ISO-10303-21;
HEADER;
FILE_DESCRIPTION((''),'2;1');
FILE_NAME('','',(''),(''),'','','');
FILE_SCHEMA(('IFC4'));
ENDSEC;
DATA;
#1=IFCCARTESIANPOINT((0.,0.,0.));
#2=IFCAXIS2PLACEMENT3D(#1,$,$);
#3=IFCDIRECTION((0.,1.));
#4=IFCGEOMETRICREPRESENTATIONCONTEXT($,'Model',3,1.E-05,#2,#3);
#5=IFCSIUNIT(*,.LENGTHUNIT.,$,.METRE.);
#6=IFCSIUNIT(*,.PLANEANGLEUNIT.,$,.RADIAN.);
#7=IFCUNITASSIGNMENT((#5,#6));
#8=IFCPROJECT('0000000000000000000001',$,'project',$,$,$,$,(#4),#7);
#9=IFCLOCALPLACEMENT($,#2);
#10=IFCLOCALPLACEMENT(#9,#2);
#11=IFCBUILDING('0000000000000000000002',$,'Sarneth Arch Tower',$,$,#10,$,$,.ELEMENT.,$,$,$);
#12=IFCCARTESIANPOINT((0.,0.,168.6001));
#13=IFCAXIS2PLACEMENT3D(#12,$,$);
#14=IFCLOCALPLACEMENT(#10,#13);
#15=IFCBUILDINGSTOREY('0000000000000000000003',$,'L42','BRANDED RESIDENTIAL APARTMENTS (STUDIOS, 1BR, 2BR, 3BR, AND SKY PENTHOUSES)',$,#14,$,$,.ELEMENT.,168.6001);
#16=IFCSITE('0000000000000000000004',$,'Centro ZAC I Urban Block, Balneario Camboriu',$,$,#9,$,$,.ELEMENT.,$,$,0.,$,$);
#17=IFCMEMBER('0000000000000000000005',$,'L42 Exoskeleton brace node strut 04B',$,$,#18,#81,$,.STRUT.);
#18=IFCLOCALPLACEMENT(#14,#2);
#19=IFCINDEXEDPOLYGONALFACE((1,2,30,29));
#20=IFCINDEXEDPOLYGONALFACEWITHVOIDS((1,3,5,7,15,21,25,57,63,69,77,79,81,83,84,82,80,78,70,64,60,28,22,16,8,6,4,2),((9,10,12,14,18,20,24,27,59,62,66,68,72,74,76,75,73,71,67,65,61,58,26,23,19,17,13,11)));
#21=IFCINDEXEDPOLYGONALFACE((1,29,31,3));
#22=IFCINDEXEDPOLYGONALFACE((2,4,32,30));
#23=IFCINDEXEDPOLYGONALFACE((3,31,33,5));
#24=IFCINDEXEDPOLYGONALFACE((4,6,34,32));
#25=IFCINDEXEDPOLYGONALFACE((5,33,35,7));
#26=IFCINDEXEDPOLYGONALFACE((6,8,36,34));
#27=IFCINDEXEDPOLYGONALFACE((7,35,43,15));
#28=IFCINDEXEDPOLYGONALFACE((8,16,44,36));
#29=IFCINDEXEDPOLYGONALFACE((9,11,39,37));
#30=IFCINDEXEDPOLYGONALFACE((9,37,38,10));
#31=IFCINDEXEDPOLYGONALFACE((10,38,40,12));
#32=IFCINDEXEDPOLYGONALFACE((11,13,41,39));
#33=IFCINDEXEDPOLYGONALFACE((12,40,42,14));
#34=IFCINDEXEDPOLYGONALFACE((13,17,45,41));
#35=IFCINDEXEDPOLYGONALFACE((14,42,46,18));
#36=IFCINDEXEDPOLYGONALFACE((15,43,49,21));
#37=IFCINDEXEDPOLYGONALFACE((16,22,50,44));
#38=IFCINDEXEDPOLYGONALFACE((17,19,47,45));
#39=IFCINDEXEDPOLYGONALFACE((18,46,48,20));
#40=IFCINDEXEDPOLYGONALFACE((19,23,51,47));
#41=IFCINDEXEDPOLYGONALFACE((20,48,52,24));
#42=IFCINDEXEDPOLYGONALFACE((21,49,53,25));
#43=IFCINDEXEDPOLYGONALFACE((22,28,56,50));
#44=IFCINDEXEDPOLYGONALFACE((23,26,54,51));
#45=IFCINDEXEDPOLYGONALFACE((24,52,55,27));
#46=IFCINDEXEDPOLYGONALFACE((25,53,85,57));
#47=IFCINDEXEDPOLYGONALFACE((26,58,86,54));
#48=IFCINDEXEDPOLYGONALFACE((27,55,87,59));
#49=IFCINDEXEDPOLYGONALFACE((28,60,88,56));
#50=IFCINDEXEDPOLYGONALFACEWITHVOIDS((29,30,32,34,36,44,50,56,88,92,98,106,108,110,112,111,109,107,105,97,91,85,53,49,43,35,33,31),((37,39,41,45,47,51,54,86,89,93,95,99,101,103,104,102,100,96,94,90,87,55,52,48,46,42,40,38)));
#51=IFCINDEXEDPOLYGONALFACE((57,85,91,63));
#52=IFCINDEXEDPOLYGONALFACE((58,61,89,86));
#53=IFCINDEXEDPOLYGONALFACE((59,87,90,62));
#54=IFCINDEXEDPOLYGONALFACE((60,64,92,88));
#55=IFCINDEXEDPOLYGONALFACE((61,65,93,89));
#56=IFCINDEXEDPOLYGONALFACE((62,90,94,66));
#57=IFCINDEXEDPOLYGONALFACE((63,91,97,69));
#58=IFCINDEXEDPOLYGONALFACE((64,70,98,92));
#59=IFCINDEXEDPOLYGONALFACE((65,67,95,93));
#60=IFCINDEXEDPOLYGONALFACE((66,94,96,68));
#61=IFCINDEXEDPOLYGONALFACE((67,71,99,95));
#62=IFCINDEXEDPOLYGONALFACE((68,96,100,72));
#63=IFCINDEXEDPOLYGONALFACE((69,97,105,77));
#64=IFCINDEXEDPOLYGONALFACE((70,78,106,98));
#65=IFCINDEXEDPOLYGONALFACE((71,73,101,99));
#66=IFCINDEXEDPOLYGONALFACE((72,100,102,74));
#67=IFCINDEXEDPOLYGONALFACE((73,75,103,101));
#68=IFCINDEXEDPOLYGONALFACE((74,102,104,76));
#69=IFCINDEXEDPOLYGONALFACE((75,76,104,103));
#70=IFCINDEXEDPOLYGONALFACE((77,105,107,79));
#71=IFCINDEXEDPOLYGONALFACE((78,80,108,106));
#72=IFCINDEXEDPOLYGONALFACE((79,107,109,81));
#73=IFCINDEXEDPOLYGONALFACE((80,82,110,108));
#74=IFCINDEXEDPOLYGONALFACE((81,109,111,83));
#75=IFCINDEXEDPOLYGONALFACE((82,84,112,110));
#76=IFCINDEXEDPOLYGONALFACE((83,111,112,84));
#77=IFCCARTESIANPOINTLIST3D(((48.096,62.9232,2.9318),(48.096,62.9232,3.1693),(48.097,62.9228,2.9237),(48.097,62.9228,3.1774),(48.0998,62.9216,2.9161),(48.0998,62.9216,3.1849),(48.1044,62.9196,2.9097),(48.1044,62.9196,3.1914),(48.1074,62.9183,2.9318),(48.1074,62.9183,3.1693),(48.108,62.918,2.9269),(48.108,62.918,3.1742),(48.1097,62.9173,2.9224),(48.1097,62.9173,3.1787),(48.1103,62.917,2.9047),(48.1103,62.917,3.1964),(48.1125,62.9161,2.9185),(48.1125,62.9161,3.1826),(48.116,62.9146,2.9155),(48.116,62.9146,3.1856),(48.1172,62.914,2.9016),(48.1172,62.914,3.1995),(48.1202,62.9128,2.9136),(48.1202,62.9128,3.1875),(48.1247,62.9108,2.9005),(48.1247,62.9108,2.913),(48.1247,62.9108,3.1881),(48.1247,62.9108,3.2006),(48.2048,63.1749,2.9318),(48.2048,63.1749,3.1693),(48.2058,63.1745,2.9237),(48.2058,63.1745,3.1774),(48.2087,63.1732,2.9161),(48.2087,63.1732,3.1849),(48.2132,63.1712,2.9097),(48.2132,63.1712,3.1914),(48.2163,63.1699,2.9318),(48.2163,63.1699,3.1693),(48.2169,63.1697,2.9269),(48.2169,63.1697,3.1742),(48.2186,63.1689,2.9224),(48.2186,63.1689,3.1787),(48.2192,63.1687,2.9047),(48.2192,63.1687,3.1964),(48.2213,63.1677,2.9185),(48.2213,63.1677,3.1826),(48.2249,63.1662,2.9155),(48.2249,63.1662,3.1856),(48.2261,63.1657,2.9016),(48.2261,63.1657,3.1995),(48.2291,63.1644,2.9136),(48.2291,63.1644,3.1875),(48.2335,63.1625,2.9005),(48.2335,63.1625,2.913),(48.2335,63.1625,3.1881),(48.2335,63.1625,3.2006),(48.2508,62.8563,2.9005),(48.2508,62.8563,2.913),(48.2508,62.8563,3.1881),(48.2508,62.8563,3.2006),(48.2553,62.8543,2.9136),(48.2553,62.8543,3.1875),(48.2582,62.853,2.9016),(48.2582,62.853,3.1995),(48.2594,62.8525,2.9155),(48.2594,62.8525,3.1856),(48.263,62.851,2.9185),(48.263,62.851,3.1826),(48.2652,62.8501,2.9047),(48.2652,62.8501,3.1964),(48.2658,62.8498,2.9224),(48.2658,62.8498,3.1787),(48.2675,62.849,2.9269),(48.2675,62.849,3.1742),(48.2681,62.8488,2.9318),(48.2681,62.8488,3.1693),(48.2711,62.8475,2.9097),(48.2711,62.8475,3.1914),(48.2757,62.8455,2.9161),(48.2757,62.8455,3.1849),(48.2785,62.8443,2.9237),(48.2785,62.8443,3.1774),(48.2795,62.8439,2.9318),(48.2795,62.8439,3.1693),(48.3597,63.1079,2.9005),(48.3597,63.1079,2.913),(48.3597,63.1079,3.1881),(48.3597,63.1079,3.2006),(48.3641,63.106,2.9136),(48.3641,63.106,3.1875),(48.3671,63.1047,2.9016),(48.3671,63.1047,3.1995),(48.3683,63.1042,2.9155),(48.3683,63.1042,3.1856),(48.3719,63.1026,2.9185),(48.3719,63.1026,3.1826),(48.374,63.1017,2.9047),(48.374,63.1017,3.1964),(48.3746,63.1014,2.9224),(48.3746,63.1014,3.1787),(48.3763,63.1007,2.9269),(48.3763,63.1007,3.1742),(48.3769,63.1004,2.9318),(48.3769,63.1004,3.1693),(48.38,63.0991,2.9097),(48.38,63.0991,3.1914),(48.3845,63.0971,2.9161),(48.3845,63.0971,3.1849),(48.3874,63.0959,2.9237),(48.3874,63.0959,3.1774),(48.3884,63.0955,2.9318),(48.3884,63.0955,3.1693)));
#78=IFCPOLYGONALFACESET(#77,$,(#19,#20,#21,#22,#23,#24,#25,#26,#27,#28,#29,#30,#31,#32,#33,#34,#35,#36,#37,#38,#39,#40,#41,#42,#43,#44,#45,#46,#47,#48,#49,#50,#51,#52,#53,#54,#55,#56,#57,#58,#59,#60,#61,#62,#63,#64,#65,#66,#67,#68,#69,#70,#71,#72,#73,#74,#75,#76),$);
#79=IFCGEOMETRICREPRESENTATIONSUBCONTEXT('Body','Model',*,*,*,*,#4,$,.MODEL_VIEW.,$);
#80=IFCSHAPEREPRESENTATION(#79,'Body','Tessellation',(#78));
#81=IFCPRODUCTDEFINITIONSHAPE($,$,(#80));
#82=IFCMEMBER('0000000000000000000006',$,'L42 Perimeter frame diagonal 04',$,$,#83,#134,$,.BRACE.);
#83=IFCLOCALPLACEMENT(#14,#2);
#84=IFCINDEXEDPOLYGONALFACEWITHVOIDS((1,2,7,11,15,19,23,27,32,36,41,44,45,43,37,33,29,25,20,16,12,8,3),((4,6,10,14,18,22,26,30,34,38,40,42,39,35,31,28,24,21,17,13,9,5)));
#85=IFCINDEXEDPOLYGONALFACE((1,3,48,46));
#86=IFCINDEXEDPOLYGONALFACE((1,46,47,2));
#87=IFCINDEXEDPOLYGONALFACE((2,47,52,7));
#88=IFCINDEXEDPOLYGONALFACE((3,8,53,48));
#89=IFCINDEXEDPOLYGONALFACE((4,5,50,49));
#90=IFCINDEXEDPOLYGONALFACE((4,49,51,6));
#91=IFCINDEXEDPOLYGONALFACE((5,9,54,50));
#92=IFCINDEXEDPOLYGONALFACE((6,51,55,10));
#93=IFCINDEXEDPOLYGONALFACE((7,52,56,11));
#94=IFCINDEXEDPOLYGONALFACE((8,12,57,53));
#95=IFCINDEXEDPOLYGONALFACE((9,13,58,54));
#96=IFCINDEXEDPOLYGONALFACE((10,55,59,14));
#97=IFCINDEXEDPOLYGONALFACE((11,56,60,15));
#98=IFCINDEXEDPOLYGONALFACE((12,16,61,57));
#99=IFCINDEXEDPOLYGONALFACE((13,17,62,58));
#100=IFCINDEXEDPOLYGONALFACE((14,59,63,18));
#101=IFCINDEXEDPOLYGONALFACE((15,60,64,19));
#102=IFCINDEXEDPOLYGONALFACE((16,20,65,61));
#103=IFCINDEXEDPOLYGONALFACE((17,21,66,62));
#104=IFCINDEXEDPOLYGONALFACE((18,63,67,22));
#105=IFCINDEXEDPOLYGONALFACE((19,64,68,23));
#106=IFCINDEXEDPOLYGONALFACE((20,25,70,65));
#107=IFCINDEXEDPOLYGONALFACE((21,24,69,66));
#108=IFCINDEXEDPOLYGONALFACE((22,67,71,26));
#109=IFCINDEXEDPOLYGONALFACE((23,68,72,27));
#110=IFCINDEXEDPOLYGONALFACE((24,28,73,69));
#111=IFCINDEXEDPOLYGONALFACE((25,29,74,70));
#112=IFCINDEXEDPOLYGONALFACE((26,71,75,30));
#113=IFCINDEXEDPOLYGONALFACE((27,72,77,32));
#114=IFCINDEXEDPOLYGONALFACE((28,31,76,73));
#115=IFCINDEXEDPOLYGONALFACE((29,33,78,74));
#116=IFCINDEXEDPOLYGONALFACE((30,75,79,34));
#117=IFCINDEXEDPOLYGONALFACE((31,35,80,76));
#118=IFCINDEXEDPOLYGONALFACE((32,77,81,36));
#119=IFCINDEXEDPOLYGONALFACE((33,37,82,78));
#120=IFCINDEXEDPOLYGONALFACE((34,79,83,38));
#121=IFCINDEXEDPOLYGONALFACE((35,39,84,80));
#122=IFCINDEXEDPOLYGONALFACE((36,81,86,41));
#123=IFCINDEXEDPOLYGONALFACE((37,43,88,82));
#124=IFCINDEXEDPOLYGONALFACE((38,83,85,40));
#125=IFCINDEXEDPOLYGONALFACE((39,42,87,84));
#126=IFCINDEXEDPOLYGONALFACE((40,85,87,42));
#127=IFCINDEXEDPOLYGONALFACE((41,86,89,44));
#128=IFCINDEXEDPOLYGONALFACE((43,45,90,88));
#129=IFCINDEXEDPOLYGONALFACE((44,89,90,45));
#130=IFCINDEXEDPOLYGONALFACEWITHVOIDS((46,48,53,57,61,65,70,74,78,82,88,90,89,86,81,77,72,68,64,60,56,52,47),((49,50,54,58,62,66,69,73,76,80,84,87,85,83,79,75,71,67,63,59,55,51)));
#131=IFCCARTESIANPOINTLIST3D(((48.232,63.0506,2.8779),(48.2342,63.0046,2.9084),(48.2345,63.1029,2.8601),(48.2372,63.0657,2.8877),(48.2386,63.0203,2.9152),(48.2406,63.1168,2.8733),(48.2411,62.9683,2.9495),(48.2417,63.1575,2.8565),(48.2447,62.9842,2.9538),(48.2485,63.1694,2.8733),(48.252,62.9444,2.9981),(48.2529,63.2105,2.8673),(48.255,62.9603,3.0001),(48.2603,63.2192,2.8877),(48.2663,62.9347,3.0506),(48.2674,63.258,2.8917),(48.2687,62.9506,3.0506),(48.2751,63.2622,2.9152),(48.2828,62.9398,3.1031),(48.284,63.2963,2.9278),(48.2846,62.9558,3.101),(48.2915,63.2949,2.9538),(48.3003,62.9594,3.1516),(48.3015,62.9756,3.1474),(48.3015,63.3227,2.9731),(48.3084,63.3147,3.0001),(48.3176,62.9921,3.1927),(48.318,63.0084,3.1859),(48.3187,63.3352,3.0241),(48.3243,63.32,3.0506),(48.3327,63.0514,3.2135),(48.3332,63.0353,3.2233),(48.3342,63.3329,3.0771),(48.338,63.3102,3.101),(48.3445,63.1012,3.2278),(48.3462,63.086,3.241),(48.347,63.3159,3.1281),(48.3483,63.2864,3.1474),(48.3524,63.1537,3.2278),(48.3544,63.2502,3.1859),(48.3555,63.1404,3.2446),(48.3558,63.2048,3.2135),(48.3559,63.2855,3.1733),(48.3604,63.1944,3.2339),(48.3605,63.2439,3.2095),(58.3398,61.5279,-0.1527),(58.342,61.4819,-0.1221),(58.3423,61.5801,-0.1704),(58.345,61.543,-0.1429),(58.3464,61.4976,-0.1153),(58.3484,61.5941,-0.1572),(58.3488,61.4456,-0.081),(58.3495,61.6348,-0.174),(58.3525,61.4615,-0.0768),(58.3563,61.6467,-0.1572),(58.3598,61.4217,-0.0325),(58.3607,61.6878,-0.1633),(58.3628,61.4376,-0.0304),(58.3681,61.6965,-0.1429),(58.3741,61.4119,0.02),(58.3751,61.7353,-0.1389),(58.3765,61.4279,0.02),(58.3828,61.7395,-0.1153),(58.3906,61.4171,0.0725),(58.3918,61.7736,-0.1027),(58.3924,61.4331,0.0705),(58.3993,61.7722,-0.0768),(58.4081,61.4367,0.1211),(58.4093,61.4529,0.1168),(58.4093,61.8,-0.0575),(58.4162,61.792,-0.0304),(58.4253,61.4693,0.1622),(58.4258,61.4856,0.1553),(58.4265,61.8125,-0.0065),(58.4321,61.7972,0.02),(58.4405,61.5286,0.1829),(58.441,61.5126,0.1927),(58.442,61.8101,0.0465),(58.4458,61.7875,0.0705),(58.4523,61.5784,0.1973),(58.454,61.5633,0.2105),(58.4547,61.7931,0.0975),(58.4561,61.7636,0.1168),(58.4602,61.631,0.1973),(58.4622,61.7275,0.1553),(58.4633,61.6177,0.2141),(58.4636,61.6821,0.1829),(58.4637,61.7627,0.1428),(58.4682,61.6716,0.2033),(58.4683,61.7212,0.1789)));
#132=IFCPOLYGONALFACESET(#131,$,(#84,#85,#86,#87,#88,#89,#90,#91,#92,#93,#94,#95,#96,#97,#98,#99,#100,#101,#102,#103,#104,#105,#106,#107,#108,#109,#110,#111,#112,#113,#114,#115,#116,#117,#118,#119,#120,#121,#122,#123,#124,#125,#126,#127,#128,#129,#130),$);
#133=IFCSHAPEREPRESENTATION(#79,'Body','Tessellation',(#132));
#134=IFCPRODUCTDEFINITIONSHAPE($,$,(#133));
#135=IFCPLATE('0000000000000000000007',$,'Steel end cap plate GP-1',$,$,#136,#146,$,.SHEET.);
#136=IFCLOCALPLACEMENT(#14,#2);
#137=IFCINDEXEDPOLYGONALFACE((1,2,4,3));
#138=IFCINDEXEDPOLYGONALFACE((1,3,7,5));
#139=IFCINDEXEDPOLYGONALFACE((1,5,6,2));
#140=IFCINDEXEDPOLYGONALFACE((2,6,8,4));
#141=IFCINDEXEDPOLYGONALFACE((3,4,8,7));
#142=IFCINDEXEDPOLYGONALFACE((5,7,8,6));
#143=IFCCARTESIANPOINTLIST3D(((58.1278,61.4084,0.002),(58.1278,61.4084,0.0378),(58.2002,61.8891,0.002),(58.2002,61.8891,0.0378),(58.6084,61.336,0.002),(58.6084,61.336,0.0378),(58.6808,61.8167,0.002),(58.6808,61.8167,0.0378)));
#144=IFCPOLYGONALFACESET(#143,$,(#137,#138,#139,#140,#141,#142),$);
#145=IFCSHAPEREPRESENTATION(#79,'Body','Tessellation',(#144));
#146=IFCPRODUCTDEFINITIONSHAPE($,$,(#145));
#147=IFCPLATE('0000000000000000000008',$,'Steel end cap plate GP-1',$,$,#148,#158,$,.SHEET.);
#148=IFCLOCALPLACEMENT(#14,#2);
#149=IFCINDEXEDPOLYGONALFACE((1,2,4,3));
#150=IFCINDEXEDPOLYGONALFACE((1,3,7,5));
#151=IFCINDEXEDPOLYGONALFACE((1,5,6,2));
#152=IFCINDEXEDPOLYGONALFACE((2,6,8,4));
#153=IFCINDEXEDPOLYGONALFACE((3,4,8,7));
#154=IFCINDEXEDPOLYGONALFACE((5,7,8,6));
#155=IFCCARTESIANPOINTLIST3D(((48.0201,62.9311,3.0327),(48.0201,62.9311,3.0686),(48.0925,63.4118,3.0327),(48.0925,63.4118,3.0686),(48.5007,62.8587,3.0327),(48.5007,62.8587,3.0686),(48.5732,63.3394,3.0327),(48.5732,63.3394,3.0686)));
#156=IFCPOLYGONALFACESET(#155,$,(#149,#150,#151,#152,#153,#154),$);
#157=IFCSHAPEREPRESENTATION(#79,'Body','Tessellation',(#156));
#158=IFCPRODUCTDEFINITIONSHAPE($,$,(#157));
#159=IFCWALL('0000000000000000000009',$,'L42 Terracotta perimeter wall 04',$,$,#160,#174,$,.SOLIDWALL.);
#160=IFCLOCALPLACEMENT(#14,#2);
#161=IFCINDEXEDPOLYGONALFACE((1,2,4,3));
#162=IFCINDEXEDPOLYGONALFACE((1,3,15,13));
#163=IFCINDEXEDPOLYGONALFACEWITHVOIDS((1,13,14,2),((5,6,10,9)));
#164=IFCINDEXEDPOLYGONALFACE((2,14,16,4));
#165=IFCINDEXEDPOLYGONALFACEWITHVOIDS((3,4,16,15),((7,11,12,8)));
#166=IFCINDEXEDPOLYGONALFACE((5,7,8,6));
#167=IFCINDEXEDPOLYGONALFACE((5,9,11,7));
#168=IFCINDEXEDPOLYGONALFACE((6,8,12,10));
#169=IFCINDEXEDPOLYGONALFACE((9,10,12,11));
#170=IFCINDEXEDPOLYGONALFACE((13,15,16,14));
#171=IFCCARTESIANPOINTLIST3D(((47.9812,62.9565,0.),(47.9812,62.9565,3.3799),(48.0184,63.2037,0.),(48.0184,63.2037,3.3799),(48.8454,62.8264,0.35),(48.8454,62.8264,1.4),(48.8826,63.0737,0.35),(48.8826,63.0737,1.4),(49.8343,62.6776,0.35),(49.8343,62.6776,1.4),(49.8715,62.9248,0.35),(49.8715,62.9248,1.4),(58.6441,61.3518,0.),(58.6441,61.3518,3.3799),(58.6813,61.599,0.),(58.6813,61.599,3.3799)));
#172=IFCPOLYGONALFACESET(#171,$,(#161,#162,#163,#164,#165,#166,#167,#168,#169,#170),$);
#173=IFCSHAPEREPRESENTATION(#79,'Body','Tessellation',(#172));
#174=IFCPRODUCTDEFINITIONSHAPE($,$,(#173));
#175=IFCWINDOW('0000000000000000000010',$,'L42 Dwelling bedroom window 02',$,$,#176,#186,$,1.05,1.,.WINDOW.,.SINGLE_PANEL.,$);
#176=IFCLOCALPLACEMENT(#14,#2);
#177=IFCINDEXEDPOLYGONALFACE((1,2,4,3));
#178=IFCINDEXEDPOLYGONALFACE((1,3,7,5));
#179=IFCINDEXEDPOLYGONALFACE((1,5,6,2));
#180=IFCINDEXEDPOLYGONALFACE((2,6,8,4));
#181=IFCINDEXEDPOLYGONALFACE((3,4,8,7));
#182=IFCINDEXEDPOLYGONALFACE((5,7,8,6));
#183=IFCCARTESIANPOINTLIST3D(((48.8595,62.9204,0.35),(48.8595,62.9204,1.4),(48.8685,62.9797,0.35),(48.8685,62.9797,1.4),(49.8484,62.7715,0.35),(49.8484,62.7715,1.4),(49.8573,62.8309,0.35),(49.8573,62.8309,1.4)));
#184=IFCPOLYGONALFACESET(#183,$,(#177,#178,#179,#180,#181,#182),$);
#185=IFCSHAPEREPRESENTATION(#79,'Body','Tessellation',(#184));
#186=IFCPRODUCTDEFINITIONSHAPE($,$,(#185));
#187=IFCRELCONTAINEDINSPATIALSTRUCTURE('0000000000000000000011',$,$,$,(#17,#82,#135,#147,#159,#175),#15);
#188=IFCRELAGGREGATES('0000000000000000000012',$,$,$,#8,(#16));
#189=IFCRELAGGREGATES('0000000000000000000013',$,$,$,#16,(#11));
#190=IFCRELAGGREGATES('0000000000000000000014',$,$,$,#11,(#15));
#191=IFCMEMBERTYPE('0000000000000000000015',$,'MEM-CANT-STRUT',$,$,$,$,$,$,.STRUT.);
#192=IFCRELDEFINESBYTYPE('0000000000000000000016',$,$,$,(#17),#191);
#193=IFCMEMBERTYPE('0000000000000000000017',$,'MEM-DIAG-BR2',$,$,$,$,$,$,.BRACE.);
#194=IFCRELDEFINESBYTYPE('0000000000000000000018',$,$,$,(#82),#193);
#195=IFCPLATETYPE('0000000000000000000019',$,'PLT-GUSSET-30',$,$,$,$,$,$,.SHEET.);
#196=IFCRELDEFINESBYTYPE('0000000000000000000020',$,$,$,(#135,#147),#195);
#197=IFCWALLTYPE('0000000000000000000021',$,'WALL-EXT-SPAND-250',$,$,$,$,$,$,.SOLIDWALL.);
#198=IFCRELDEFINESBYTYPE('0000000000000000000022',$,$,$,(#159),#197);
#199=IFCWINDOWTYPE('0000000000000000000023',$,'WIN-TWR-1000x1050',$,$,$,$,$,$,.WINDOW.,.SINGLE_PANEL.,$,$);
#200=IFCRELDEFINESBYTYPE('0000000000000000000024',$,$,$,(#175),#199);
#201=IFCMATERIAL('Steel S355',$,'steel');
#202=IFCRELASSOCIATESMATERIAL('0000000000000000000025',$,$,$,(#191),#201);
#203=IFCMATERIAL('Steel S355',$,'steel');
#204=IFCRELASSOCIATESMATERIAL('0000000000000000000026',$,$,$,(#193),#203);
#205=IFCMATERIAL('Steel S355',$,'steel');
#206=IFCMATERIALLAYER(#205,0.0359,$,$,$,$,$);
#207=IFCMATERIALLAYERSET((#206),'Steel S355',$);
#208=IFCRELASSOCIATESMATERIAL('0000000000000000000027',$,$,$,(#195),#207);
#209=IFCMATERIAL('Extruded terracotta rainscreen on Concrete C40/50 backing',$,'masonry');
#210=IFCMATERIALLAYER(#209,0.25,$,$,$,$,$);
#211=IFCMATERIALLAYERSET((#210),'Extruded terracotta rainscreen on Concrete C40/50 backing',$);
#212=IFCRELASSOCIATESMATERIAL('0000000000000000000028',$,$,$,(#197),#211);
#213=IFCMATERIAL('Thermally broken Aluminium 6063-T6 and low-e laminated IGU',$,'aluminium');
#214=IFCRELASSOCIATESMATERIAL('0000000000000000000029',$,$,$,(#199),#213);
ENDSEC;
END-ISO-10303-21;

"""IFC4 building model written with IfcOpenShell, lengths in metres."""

from ifc_helpers import new_model, si_unit, direction, frame, frame_2d, origin, origin_2d, place, context, subcontext, project, spatial, rectangle, hollow_rectangle, hollow_circle, extrude, material, layer, layer_set, material_profile, profile_set, type_object, element, fill, save


model = new_model("IFC4")

# Units and contexts
model_context = context("Model", 3, precision=1e-05, world=origin(), true_north=direction((0.0, 1.0)))
body_context = subcontext(model_context, "Body", "Model", "MODEL_VIEW")
ifc_project = project(units=[si_unit("LENGTHUNIT", "METRE"), si_unit("PLANEANGLEUNIT", "RADIAN")], contexts=[model_context])

# Site, building, storey
site_placement = place(None, origin())
site = spatial("IfcSite", under=ifc_project, at=site_placement, Name="Centro ZAC I Urban Block, Balneario Camboriu", CompositionType="ELEMENT", RefElevation=0.0)
building_placement = place(site_placement, origin())
building = spatial("IfcBuilding", under=site, at=building_placement, Name="Sarneth Arch Tower", CompositionType="ELEMENT")
storey_placement = place(building_placement, frame((0.0, 0.0, 168.6001)))
storey = spatial("IfcBuildingStorey", under=building, at=storey_placement, Name="L42", Description="BRANDED RESIDENTIAL APARTMENTS (STUDIOS, 1BR, 2BR, 3BR, AND SKY PENTHOUSES)", CompositionType="ELEMENT", Elevation=168.6001)

# Members
ifc_material_1 = material(Name="Steel S355", Category="steel")
ifc_material_profile_1 = material_profile(ifc_material_1, hollow_rectangle(XDim=0.2, YDim=0.3, WallThickness=0.0125, InnerFilletRadius=0.0188, OuterFilletRadius=0.0312, at=origin_2d()), Name="RHS300x200x12.5")
ifc_profile_set_1 = profile_set([ifc_material_profile_1], Name="Steel S355")
member_type_1 = type_object("IfcMemberType", Name="MEM-CANT-STRUT", PredefinedType="STRUT", material=ifc_profile_set_1)
member_1_placement = place(storey_placement, frame((48.1877, 62.8835, 3.0505), z_axis=(0.397033, 0.917804, 0.0), x_axis=(-0.917804, 0.397033, 0.0)))
element("IfcMember", 1, at=member_1_placement, inside=storey, type_object=member_type_1, Name="L42 Exoskeleton brace node strut 04B", PredefinedType="STRUT", context=body_context, shape_type="SweptSolid", body=[
    extrude(hollow_rectangle(XDim=0.2, YDim=0.3, WallThickness=0.0125, InnerFilletRadius=0.0188, OuterFilletRadius=0.0312, at=origin_2d()), origin(), (0.0, 0.0, 1.0), 0.2742),
])
ifc_material_2 = material(Name="Steel S355", Category="steel")
ifc_material_profile_2 = material_profile(ifc_material_2, hollow_circle(Radius=0.2029, WallThickness=0.0161, at=origin_2d()), Name="CHS406x16")
ifc_profile_set_2 = profile_set([ifc_material_profile_2], Name="Steel S355")
member_type_2 = type_object("IfcMemberType", Name="MEM-DIAG-BR2", PredefinedType="BRACE", material=ifc_profile_set_2)
member_2_placement = place(storey_placement, frame((58.4043, 61.6125, 0.02), z_axis=(-0.948053, 0.142823, 0.284249), x_axis=(-0.148968, -0.988842, 0.0)))
element("IfcMember", 2, at=member_2_placement, inside=storey, type_object=member_type_2, Name="L42 Perimeter frame diagonal 04", PredefinedType="BRACE", context=body_context, shape_type="SweptSolid", body=[
    extrude(hollow_circle(Radius=0.2029, WallThickness=0.0161, at=origin_2d()), origin(), (0.0, 0.0, 1.0), 10.6616),
])

# Plates
ifc_material_3 = material(Name="Steel S355", Category="steel")
ifc_layer_1 = layer(ifc_material_3, 0.0359)
ifc_layer_set_1 = layer_set([ifc_layer_1], Name="Steel S355")
plate_type = type_object("IfcPlateType", Name="PLT-GUSSET-30", PredefinedType="SHEET", material=ifc_layer_set_1)
for number, where, z_axis, x_axis, name in (
    (3, (58.4043, 61.6125, 0.002), (0.0, 0.0, 1.0), (-0.988835, 0.149018, 0.0), "Steel end cap plate GP-1"),
    (4, (48.2966, 63.1353, 3.0327), (0.0, 0.0, 1.0), (-0.988835, 0.149018, 0.0), "Steel end cap plate GP-1"),
):
    element("IfcPlate", number, at=place(storey_placement, frame(where, z_axis=z_axis, x_axis=x_axis)), inside=storey, type_object=plate_type, Name=name, PredefinedType="SHEET", context=body_context, shape_type="SweptSolid", body=[
        extrude(rectangle(XDim=0.4861, YDim=0.4861, at=origin_2d()), origin(), (0.0, 0.0, 1.0), 0.0359),
    ])

# Wall, opening, window
ifc_material_4 = material(Name="Extruded terracotta rainscreen on Concrete C40/50 backing", Category="masonry")
ifc_layer_2 = layer(ifc_material_4, 0.25)
ifc_layer_set_2 = layer_set([ifc_layer_2], Name="Extruded terracotta rainscreen on Concrete C40/50 backing")
wall_type_1 = type_object("IfcWallType", Name="WALL-EXT-SPAND-250", PredefinedType="SOLIDWALL", material=ifc_layer_set_2)
wall_1_placement = place(storey_placement, frame((58.6628, 61.4753, 0.0), z_axis=(0.0, 0.0, 1.0), x_axis=(-0.988864, 0.148822, 0.0)))
wall_1 = element("IfcWall", 5, at=wall_1_placement, inside=storey, type_object=wall_type_1, Name="L42 Terracotta perimeter wall 04", PredefinedType="SOLIDWALL", context=body_context, shape_type="SweptSolid", body=[
    extrude(rectangle(XDim=10.783, YDim=0.25, at=frame_2d((5.3916, 0.0))), origin(), (0.0, 0.0, 1.0), 3.3799),
])
opening_1_placement = place(wall_1_placement, frame((8.9092, 0.0, 0.3501)))
opening_1 = element("IfcOpeningElement", 6, at=opening_1_placement, cuts=wall_1, PredefinedType="OPENING", context=body_context, shape_type="SweptSolid", body=[
    extrude(rectangle(XDim=1.0, YDim=1.05, at=frame_2d((0.5, 0.5249))), frame((0.0, 0.135, 0.0), z_axis=(0.0, -1.0, 0.0), x_axis=(1.0, 0.0, 0.0)), (0.0, 0.0, 1.0), 0.27),
])
ifc_material_5 = material(Name="Thermally broken Aluminium 6063-T6 and low-e laminated IGU", Category="aluminium")
window_type = type_object("IfcWindowType", Name="WIN-TWR-1000x1050", PartitioningType="SINGLE_PANEL", PredefinedType="WINDOW", material=ifc_material_5)
window_placement = place(opening_1_placement, origin())
window = element("IfcWindow", 7, at=window_placement, inside=storey, type_object=window_type, Name="L42 Dwelling bedroom window 02", OverallHeight=1.05, OverallWidth=1.0, PartitioningType="SINGLE_PANEL", PredefinedType="WINDOW", context=body_context, shape_type="SweptSolid", body=[
    extrude(rectangle(XDim=1.0, YDim=1.05, at=frame_2d((0.5, 0.5249))), frame((0.0, 0.03, 0.0), z_axis=(0.0, -1.0, 0.0), x_axis=(1.0, 0.0, 0.0)), (0.0, 0.0, 1.0), 0.0601),
])
fill(opening_1, window)

save(model, "model.ifc")
